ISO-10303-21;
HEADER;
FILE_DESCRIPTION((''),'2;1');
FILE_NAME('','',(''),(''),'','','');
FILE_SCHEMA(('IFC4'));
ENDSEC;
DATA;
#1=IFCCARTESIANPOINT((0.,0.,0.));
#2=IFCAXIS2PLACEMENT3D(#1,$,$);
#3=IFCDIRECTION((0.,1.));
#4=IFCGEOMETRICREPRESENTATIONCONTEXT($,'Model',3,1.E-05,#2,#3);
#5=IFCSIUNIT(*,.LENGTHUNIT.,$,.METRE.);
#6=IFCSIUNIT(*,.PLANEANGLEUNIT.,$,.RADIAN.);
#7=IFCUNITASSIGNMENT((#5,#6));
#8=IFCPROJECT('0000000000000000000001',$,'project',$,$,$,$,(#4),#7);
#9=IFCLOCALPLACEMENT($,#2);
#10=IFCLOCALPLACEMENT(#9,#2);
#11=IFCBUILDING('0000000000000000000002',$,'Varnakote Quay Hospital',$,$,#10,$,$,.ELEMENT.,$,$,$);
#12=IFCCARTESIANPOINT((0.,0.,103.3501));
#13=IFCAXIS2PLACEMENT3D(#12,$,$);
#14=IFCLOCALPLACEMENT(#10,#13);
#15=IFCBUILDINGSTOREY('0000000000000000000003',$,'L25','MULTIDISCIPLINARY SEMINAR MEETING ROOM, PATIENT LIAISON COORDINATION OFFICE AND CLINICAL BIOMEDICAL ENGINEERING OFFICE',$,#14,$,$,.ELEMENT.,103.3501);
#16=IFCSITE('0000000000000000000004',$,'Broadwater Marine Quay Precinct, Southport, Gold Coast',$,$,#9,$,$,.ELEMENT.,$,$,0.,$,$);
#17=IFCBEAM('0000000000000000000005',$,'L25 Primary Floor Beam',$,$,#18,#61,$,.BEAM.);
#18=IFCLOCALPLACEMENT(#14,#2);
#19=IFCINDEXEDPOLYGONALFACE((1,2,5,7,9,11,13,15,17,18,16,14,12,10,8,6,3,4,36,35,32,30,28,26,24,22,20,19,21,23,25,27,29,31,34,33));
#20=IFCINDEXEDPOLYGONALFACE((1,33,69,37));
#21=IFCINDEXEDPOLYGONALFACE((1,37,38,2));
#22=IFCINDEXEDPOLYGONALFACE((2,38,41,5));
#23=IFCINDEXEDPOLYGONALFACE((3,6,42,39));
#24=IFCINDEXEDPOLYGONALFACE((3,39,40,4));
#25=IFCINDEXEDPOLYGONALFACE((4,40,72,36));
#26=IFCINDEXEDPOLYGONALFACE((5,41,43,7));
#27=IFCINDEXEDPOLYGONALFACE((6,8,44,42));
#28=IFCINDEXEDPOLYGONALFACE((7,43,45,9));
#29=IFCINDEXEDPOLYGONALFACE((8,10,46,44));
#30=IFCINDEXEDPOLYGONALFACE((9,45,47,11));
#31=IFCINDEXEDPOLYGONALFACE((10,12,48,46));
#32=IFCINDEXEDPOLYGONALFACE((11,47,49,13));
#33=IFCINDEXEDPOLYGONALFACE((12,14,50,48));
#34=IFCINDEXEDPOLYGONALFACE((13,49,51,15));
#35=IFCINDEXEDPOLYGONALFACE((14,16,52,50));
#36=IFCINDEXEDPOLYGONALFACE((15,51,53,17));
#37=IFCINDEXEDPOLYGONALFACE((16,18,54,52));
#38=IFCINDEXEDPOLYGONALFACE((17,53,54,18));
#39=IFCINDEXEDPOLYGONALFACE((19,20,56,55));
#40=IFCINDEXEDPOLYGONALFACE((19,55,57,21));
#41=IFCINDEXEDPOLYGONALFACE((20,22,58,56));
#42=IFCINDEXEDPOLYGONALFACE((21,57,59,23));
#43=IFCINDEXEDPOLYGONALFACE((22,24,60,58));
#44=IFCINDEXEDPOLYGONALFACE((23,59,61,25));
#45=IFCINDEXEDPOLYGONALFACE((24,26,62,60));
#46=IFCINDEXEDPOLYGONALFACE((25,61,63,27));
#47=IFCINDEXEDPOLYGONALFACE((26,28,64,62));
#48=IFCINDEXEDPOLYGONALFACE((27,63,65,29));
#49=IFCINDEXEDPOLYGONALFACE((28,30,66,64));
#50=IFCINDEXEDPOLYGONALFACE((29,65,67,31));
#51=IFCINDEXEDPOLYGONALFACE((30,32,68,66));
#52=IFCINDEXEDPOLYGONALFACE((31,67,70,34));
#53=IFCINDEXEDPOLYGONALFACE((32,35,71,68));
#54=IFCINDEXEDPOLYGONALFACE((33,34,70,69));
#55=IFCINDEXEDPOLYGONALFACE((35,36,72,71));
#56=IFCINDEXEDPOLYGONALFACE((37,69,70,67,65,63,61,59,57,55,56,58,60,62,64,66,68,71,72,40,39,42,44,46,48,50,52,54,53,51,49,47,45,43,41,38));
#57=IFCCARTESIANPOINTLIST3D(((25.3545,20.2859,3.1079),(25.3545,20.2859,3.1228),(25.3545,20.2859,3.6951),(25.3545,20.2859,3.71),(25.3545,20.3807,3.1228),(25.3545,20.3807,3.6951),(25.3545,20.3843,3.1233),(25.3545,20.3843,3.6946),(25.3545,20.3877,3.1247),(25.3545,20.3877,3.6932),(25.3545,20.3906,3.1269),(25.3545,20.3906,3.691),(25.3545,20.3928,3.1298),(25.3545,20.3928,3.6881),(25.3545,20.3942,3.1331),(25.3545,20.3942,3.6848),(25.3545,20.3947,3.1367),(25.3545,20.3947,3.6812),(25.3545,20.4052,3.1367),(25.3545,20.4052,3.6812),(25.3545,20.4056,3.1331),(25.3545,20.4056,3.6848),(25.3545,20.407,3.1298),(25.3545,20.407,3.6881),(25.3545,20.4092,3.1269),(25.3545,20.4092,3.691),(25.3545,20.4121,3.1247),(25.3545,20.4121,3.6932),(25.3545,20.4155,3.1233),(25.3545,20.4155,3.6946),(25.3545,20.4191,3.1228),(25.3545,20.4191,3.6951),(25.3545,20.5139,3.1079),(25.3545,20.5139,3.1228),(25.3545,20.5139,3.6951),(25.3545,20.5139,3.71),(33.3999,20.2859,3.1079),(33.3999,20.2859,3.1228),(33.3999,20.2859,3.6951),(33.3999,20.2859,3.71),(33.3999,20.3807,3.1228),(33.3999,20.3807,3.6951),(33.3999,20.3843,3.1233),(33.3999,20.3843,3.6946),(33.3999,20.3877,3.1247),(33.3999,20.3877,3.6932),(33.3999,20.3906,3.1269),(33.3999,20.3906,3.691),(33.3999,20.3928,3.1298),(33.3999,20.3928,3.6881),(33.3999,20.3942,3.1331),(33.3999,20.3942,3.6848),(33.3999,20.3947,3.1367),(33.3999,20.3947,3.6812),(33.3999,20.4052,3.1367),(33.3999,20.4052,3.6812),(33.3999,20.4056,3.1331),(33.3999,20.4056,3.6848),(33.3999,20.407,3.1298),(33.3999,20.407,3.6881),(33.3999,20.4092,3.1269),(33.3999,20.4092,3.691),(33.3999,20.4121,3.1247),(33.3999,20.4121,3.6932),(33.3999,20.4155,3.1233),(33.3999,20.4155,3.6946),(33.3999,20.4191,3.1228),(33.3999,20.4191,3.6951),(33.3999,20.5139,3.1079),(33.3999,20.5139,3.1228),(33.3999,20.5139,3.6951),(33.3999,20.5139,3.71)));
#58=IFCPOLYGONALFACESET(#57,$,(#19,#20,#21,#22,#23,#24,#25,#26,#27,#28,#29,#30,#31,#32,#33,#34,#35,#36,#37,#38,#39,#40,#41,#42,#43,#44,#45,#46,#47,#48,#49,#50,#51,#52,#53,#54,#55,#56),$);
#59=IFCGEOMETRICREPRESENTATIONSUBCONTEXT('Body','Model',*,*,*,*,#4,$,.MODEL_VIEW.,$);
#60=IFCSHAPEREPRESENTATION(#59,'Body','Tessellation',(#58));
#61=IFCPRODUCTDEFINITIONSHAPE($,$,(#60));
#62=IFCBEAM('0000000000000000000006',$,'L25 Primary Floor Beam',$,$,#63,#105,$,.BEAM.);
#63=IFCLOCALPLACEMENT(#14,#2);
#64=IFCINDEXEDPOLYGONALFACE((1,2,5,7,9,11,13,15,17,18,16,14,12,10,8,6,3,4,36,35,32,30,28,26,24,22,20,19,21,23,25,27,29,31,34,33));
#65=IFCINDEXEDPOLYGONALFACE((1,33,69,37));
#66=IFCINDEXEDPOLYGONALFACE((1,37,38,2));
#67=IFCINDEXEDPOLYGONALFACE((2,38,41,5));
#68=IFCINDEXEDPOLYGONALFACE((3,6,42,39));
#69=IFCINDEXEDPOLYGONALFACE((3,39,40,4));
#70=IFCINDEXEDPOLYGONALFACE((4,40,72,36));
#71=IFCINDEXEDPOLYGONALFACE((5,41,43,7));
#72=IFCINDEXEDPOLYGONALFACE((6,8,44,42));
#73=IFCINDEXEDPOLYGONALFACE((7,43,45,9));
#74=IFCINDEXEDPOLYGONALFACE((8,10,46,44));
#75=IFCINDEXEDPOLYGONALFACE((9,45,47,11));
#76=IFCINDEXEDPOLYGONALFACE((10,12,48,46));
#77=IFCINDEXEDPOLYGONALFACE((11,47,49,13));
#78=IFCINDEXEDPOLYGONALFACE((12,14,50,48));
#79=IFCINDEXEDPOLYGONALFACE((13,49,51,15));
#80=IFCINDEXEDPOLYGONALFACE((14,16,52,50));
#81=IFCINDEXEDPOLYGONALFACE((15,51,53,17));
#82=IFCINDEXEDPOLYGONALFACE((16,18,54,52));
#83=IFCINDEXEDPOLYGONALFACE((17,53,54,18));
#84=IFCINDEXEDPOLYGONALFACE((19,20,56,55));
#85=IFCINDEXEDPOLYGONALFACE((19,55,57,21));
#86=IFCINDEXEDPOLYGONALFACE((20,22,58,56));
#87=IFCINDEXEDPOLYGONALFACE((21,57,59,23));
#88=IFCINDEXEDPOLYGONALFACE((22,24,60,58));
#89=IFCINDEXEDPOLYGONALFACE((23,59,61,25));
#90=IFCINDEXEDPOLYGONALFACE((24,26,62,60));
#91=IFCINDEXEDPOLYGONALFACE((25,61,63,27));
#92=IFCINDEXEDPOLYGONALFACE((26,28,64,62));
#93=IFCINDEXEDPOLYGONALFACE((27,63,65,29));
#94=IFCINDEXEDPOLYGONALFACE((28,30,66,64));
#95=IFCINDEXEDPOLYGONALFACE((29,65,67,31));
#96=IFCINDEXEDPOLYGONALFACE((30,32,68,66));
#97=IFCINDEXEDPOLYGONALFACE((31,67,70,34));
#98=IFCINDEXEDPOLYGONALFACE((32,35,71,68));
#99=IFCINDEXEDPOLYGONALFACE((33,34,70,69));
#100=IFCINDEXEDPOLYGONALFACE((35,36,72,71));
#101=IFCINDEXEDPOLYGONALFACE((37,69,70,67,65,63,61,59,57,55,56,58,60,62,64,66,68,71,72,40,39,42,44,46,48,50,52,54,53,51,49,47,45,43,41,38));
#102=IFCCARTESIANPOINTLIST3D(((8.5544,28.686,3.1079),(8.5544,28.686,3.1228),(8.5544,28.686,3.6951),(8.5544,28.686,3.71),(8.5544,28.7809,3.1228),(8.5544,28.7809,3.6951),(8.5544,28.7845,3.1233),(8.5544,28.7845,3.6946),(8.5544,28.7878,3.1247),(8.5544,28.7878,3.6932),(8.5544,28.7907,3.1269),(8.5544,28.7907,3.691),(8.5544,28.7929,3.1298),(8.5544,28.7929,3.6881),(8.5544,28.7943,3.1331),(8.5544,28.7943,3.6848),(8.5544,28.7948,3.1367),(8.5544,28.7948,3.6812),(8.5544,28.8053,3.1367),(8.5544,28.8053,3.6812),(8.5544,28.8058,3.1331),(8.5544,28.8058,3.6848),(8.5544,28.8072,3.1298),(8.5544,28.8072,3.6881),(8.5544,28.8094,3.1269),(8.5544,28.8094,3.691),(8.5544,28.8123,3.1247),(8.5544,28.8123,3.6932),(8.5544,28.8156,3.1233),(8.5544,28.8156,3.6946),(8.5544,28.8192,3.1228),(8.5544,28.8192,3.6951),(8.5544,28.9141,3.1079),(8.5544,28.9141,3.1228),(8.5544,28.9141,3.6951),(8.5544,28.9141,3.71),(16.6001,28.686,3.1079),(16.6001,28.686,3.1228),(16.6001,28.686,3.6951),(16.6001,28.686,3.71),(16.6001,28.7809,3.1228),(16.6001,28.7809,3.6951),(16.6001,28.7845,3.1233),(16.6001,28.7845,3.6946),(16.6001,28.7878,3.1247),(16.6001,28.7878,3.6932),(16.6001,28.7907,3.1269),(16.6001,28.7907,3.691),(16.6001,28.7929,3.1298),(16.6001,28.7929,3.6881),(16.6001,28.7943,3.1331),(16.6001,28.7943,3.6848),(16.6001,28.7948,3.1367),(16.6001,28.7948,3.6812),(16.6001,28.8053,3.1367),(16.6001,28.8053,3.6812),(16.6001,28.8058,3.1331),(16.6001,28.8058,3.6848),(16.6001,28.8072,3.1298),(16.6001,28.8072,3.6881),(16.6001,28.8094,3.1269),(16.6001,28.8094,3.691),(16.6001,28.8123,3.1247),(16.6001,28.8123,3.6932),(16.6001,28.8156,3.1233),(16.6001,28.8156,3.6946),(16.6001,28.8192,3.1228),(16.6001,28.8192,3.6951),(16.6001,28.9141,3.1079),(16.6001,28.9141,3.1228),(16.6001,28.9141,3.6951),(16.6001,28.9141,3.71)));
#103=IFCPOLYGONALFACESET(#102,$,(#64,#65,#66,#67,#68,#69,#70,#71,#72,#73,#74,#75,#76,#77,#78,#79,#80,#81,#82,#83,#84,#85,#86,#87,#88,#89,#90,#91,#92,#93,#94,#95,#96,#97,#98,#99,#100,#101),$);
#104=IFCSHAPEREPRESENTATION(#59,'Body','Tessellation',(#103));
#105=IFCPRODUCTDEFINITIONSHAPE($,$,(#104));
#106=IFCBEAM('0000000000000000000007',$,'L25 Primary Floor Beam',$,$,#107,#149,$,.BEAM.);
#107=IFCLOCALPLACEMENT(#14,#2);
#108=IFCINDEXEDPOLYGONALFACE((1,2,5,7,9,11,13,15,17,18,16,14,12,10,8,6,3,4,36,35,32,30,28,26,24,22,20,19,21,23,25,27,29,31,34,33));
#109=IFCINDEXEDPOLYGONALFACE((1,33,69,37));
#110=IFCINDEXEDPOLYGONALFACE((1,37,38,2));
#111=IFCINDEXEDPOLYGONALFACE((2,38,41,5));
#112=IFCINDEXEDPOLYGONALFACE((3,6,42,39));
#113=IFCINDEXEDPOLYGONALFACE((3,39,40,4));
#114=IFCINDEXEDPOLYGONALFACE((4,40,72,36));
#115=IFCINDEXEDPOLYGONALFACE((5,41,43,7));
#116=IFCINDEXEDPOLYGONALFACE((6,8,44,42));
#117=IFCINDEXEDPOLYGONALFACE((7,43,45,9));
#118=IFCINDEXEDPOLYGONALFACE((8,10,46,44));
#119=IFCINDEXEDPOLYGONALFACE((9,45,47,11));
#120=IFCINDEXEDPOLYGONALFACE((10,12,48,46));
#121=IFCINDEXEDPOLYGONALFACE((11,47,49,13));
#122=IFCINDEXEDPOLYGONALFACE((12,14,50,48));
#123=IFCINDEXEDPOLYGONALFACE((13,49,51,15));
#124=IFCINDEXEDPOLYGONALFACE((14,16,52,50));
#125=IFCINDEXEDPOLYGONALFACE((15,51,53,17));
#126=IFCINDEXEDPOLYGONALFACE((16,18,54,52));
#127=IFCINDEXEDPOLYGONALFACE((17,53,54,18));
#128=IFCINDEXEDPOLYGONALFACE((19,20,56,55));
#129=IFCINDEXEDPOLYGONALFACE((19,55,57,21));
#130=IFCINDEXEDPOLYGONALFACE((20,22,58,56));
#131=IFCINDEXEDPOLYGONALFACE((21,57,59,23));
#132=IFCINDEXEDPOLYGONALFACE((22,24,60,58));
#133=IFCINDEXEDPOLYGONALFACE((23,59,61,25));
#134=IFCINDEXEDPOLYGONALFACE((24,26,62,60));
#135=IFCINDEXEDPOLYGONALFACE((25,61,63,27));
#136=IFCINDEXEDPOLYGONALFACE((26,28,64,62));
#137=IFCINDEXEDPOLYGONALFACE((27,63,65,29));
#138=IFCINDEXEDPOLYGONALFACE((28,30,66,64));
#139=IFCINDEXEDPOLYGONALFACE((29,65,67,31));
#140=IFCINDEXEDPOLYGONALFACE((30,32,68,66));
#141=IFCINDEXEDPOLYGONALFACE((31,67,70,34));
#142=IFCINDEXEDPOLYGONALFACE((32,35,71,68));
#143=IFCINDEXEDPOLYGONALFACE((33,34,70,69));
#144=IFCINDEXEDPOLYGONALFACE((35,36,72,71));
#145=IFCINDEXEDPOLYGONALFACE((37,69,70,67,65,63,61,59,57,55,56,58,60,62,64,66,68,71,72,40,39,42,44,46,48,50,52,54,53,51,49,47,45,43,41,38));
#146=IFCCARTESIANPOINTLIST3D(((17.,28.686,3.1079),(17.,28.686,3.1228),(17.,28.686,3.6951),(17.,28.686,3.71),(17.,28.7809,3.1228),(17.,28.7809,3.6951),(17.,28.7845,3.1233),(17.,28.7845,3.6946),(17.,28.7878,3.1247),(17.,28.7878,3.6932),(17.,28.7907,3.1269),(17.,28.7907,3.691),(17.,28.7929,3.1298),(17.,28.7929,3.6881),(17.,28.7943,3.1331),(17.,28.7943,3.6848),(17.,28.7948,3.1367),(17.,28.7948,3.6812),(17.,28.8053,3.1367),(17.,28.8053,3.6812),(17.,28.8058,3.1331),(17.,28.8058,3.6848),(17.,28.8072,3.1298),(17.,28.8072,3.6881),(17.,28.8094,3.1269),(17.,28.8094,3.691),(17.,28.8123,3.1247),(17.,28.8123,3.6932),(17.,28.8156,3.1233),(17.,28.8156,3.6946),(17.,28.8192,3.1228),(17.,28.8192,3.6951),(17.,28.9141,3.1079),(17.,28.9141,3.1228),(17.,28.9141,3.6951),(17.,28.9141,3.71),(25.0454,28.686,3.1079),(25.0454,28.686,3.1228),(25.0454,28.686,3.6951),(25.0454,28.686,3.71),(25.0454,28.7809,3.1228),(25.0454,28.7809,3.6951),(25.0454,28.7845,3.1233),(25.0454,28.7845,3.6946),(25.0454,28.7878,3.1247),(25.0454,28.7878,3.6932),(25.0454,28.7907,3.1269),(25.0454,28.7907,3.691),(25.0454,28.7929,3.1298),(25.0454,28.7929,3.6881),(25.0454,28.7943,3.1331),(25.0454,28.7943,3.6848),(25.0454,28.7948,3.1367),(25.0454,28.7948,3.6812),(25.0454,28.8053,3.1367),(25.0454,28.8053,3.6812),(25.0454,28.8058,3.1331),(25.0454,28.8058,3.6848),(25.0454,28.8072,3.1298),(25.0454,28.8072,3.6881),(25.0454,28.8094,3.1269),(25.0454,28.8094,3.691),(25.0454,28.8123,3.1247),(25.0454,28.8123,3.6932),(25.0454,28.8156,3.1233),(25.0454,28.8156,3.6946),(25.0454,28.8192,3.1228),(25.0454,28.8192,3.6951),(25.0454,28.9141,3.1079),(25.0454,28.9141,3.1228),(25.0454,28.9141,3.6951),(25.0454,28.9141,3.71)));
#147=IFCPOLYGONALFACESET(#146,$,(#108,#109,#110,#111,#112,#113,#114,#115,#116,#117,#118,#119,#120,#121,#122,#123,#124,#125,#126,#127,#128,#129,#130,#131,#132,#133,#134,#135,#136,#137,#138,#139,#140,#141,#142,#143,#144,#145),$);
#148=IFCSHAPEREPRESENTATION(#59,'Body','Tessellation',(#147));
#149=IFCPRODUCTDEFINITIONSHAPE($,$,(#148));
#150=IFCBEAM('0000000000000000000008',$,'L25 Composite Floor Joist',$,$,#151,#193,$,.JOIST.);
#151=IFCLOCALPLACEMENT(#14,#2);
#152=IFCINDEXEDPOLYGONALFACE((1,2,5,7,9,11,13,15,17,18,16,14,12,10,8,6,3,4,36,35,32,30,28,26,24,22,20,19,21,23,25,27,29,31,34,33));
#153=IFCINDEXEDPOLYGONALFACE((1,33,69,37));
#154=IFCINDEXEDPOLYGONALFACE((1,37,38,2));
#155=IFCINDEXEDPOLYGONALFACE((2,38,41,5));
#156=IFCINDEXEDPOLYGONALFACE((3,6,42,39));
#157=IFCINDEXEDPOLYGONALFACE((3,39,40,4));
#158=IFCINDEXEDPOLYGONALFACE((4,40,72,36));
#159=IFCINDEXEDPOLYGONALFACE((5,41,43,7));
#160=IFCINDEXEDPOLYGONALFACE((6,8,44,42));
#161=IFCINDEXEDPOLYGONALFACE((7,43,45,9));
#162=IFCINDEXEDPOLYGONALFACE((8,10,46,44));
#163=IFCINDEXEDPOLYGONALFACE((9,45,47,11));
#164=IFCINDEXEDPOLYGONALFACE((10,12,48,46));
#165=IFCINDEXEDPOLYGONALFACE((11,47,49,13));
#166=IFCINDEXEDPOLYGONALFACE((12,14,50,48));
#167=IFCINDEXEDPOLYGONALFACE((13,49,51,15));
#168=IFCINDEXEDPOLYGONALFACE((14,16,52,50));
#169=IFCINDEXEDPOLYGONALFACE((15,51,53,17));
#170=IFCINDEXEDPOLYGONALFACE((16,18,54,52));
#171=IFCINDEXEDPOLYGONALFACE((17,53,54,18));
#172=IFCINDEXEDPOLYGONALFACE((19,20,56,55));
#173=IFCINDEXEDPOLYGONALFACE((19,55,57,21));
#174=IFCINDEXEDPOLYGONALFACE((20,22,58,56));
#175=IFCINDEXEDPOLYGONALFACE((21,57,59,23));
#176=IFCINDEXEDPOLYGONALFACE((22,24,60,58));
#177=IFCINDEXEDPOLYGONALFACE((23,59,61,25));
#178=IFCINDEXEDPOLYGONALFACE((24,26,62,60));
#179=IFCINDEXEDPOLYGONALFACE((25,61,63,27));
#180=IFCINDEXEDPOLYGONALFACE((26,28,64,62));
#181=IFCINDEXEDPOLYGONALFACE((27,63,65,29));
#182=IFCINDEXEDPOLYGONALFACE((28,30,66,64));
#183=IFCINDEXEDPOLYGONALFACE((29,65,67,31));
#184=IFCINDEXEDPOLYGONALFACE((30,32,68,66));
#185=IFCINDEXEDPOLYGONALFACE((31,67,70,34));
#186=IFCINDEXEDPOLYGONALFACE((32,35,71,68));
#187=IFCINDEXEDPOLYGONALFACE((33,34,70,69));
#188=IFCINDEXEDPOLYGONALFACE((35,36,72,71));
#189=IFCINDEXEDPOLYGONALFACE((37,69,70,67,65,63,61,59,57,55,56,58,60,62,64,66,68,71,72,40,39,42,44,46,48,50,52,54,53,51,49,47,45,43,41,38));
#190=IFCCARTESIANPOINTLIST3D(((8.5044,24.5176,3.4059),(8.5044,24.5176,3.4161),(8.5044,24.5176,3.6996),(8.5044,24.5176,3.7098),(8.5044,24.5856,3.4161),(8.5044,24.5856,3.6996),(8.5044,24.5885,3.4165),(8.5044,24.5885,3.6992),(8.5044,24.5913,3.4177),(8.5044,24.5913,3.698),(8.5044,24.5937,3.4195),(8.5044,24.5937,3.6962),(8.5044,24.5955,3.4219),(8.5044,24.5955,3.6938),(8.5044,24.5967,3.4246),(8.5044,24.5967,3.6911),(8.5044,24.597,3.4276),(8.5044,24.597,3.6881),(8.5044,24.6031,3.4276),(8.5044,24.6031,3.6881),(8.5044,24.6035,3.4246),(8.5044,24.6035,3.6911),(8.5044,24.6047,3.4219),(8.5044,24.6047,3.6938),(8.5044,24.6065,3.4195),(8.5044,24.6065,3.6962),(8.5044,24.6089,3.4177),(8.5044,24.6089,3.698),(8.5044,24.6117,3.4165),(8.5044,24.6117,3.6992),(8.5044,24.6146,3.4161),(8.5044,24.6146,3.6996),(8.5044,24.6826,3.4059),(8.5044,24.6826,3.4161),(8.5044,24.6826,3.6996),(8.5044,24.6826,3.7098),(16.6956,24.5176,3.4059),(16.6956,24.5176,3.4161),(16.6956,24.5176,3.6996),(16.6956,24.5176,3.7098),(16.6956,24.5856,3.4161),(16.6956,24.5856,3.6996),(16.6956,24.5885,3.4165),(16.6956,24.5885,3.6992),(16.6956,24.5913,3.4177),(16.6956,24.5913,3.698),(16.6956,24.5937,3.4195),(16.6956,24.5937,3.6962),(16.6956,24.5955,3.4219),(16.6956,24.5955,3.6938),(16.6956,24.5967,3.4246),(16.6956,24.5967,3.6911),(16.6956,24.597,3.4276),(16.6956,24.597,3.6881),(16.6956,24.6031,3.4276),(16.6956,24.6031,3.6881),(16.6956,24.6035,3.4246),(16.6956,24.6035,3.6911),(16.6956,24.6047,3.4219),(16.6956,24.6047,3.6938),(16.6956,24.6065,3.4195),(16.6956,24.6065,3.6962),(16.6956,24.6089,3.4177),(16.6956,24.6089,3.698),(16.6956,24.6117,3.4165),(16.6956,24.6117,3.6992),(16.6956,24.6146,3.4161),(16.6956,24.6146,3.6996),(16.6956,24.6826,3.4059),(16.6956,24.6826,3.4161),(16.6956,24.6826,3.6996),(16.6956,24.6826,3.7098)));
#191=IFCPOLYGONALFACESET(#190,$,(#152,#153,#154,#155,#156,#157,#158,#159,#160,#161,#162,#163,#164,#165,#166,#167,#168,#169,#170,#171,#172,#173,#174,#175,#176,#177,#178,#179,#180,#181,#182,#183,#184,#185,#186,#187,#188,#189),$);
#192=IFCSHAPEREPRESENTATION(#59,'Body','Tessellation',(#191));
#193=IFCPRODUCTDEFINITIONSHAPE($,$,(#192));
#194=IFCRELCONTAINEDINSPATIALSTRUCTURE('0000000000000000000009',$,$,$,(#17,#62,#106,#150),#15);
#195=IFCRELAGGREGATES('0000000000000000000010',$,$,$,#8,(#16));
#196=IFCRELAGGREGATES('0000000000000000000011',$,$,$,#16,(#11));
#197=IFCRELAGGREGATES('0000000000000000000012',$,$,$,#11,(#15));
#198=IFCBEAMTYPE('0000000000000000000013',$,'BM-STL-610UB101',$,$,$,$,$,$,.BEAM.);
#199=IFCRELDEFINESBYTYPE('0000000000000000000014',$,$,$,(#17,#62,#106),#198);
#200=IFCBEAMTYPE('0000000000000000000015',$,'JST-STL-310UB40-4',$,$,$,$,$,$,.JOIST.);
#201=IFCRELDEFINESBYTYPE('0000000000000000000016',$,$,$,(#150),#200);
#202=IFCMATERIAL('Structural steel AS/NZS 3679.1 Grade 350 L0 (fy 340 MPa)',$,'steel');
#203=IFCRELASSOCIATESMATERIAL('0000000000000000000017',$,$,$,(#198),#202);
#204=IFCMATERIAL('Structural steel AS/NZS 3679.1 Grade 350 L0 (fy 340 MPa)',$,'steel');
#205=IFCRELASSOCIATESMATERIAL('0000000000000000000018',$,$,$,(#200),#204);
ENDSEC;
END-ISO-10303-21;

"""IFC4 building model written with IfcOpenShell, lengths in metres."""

from ifc_helpers import new_model, si_unit, direction, frame, origin, origin_2d, place, context, subcontext, project, spatial, i_section, extrude, material, material_profile, profile_set, type_object, element, save


model = new_model("IFC4")

# Units and contexts
model_context = context("Model", 3, precision=1e-05, world=origin(), true_north=direction((0.0, 1.0)))
body_context = subcontext(model_context, "Body", "Model", "MODEL_VIEW")
ifc_project = project(units=[si_unit("LENGTHUNIT", "METRE"), si_unit("PLANEANGLEUNIT", "RADIAN")], contexts=[model_context])

# Site, building, storey
site_placement = place(None, origin())
site = spatial("IfcSite", under=ifc_project, at=site_placement, Name="Broadwater Marine Quay Precinct, Southport, Gold Coast", CompositionType="ELEMENT", RefElevation=0.0)
building_placement = place(site_placement, origin())
building = spatial("IfcBuilding", under=site, at=building_placement, Name="Varnakote Quay Hospital", CompositionType="ELEMENT")
storey_placement = place(building_placement, frame((0.0, 0.0, 103.3501)))
storey = spatial("IfcBuildingStorey", under=building, at=storey_placement, Name="L25", Description="MULTIDISCIPLINARY SEMINAR MEETING ROOM, PATIENT LIAISON COORDINATION OFFICE AND CLINICAL BIOMEDICAL ENGINEERING OFFICE", CompositionType="ELEMENT", Elevation=103.3501)

# Beams
ifc_material_1 = material(Name="Structural steel AS/NZS 3679.1 Grade 350 L0 (fy 340 MPa)", Category="steel")
ifc_material_profile_1 = material_profile(ifc_material_1, i_section(OverallWidth=0.228, OverallDepth=0.6021, WebThickness=0.0105, FlangeThickness=0.0149, FilletRadius=0.0139, at=origin_2d()), Name="610UB101")
ifc_profile_set_1 = profile_set([ifc_material_profile_1], Name="Structural steel AS/NZS 3679.1 Grade 350 L0 (fy 340 MPa)")
beam_type_1 = type_object("IfcBeamType", Name="BM-STL-610UB101", PredefinedType="BEAM", material=ifc_profile_set_1)
beam_1_placement = place(storey_placement, frame((25.3545, 20.3999, 3.4089), z_axis=(1.0, 0.0, 0.0), x_axis=(0.0, 1.0, 0.0)))
element("IfcBeam", 1, at=beam_1_placement, inside=storey, type_object=beam_type_1, Name="L25 Primary Floor Beam", PredefinedType="BEAM", context=body_context, shape_type="SweptSolid", body=[
    extrude(i_section(OverallWidth=0.228, OverallDepth=0.6021, WebThickness=0.0105, FlangeThickness=0.0149, FilletRadius=0.0139, at=origin_2d()), origin(), (0.0, 0.0, 1.0), 8.0454),
])
beam_2_placement = place(storey_placement, frame((8.5544, 28.8, 3.4089), z_axis=(1.0, 0.0, 0.0), x_axis=(0.0, 1.0, 0.0)))
element("IfcBeam", 2, at=beam_2_placement, inside=storey, type_object=beam_type_1, Name="L25 Primary Floor Beam", PredefinedType="BEAM", context=body_context, shape_type="SweptSolid", body=[
    extrude(i_section(OverallWidth=0.228, OverallDepth=0.6021, WebThickness=0.0105, FlangeThickness=0.0149, FilletRadius=0.0139, at=origin_2d()), origin(), (0.0, 0.0, 1.0), 8.0457),
])
beam_3_placement = place(storey_placement, frame((17.0, 28.8, 3.4089), z_axis=(1.0, 0.0, 0.0), x_axis=(0.0, 1.0, 0.0)))
element("IfcBeam", 3, at=beam_3_placement, inside=storey, type_object=beam_type_1, Name="L25 Primary Floor Beam", PredefinedType="BEAM", context=body_context, shape_type="SweptSolid", body=[
    extrude(i_section(OverallWidth=0.228, OverallDepth=0.6021, WebThickness=0.0105, FlangeThickness=0.0149, FilletRadius=0.0139, at=origin_2d()), origin(), (0.0, 0.0, 1.0), 8.0454),
])
ifc_material_2 = material(Name="Structural steel AS/NZS 3679.1 Grade 350 L0 (fy 340 MPa)", Category="steel")
ifc_material_profile_2 = material_profile(ifc_material_2, i_section(OverallWidth=0.165, OverallDepth=0.304, WebThickness=0.0061, FlangeThickness=0.0103, FilletRadius=0.0115, at=origin_2d()), Name="310UB40.4")
ifc_profile_set_2 = profile_set([ifc_material_profile_2], Name="Structural steel AS/NZS 3679.1 Grade 350 L0 (fy 340 MPa)")
beam_type_2 = type_object("IfcBeamType", Name="JST-STL-310UB40-4", PredefinedType="JOIST", material=ifc_profile_set_2)
beam_4_placement = place(storey_placement, frame((8.5044, 24.6001, 3.5579), z_axis=(1.0, 0.0, 0.0), x_axis=(0.0, 1.0, 0.0)))
element("IfcBeam", 4, at=beam_4_placement, inside=storey, type_object=beam_type_2, Name="L25 Composite Floor Joist", PredefinedType="JOIST", context=body_context, shape_type="SweptSolid", body=[
    extrude(i_section(OverallWidth=0.165, OverallDepth=0.304, WebThickness=0.0061, FlangeThickness=0.0103, FilletRadius=0.0115, at=origin_2d()), origin(), (0.0, 0.0, 1.0), 8.1912),
])

save(model, "model.ifc")
